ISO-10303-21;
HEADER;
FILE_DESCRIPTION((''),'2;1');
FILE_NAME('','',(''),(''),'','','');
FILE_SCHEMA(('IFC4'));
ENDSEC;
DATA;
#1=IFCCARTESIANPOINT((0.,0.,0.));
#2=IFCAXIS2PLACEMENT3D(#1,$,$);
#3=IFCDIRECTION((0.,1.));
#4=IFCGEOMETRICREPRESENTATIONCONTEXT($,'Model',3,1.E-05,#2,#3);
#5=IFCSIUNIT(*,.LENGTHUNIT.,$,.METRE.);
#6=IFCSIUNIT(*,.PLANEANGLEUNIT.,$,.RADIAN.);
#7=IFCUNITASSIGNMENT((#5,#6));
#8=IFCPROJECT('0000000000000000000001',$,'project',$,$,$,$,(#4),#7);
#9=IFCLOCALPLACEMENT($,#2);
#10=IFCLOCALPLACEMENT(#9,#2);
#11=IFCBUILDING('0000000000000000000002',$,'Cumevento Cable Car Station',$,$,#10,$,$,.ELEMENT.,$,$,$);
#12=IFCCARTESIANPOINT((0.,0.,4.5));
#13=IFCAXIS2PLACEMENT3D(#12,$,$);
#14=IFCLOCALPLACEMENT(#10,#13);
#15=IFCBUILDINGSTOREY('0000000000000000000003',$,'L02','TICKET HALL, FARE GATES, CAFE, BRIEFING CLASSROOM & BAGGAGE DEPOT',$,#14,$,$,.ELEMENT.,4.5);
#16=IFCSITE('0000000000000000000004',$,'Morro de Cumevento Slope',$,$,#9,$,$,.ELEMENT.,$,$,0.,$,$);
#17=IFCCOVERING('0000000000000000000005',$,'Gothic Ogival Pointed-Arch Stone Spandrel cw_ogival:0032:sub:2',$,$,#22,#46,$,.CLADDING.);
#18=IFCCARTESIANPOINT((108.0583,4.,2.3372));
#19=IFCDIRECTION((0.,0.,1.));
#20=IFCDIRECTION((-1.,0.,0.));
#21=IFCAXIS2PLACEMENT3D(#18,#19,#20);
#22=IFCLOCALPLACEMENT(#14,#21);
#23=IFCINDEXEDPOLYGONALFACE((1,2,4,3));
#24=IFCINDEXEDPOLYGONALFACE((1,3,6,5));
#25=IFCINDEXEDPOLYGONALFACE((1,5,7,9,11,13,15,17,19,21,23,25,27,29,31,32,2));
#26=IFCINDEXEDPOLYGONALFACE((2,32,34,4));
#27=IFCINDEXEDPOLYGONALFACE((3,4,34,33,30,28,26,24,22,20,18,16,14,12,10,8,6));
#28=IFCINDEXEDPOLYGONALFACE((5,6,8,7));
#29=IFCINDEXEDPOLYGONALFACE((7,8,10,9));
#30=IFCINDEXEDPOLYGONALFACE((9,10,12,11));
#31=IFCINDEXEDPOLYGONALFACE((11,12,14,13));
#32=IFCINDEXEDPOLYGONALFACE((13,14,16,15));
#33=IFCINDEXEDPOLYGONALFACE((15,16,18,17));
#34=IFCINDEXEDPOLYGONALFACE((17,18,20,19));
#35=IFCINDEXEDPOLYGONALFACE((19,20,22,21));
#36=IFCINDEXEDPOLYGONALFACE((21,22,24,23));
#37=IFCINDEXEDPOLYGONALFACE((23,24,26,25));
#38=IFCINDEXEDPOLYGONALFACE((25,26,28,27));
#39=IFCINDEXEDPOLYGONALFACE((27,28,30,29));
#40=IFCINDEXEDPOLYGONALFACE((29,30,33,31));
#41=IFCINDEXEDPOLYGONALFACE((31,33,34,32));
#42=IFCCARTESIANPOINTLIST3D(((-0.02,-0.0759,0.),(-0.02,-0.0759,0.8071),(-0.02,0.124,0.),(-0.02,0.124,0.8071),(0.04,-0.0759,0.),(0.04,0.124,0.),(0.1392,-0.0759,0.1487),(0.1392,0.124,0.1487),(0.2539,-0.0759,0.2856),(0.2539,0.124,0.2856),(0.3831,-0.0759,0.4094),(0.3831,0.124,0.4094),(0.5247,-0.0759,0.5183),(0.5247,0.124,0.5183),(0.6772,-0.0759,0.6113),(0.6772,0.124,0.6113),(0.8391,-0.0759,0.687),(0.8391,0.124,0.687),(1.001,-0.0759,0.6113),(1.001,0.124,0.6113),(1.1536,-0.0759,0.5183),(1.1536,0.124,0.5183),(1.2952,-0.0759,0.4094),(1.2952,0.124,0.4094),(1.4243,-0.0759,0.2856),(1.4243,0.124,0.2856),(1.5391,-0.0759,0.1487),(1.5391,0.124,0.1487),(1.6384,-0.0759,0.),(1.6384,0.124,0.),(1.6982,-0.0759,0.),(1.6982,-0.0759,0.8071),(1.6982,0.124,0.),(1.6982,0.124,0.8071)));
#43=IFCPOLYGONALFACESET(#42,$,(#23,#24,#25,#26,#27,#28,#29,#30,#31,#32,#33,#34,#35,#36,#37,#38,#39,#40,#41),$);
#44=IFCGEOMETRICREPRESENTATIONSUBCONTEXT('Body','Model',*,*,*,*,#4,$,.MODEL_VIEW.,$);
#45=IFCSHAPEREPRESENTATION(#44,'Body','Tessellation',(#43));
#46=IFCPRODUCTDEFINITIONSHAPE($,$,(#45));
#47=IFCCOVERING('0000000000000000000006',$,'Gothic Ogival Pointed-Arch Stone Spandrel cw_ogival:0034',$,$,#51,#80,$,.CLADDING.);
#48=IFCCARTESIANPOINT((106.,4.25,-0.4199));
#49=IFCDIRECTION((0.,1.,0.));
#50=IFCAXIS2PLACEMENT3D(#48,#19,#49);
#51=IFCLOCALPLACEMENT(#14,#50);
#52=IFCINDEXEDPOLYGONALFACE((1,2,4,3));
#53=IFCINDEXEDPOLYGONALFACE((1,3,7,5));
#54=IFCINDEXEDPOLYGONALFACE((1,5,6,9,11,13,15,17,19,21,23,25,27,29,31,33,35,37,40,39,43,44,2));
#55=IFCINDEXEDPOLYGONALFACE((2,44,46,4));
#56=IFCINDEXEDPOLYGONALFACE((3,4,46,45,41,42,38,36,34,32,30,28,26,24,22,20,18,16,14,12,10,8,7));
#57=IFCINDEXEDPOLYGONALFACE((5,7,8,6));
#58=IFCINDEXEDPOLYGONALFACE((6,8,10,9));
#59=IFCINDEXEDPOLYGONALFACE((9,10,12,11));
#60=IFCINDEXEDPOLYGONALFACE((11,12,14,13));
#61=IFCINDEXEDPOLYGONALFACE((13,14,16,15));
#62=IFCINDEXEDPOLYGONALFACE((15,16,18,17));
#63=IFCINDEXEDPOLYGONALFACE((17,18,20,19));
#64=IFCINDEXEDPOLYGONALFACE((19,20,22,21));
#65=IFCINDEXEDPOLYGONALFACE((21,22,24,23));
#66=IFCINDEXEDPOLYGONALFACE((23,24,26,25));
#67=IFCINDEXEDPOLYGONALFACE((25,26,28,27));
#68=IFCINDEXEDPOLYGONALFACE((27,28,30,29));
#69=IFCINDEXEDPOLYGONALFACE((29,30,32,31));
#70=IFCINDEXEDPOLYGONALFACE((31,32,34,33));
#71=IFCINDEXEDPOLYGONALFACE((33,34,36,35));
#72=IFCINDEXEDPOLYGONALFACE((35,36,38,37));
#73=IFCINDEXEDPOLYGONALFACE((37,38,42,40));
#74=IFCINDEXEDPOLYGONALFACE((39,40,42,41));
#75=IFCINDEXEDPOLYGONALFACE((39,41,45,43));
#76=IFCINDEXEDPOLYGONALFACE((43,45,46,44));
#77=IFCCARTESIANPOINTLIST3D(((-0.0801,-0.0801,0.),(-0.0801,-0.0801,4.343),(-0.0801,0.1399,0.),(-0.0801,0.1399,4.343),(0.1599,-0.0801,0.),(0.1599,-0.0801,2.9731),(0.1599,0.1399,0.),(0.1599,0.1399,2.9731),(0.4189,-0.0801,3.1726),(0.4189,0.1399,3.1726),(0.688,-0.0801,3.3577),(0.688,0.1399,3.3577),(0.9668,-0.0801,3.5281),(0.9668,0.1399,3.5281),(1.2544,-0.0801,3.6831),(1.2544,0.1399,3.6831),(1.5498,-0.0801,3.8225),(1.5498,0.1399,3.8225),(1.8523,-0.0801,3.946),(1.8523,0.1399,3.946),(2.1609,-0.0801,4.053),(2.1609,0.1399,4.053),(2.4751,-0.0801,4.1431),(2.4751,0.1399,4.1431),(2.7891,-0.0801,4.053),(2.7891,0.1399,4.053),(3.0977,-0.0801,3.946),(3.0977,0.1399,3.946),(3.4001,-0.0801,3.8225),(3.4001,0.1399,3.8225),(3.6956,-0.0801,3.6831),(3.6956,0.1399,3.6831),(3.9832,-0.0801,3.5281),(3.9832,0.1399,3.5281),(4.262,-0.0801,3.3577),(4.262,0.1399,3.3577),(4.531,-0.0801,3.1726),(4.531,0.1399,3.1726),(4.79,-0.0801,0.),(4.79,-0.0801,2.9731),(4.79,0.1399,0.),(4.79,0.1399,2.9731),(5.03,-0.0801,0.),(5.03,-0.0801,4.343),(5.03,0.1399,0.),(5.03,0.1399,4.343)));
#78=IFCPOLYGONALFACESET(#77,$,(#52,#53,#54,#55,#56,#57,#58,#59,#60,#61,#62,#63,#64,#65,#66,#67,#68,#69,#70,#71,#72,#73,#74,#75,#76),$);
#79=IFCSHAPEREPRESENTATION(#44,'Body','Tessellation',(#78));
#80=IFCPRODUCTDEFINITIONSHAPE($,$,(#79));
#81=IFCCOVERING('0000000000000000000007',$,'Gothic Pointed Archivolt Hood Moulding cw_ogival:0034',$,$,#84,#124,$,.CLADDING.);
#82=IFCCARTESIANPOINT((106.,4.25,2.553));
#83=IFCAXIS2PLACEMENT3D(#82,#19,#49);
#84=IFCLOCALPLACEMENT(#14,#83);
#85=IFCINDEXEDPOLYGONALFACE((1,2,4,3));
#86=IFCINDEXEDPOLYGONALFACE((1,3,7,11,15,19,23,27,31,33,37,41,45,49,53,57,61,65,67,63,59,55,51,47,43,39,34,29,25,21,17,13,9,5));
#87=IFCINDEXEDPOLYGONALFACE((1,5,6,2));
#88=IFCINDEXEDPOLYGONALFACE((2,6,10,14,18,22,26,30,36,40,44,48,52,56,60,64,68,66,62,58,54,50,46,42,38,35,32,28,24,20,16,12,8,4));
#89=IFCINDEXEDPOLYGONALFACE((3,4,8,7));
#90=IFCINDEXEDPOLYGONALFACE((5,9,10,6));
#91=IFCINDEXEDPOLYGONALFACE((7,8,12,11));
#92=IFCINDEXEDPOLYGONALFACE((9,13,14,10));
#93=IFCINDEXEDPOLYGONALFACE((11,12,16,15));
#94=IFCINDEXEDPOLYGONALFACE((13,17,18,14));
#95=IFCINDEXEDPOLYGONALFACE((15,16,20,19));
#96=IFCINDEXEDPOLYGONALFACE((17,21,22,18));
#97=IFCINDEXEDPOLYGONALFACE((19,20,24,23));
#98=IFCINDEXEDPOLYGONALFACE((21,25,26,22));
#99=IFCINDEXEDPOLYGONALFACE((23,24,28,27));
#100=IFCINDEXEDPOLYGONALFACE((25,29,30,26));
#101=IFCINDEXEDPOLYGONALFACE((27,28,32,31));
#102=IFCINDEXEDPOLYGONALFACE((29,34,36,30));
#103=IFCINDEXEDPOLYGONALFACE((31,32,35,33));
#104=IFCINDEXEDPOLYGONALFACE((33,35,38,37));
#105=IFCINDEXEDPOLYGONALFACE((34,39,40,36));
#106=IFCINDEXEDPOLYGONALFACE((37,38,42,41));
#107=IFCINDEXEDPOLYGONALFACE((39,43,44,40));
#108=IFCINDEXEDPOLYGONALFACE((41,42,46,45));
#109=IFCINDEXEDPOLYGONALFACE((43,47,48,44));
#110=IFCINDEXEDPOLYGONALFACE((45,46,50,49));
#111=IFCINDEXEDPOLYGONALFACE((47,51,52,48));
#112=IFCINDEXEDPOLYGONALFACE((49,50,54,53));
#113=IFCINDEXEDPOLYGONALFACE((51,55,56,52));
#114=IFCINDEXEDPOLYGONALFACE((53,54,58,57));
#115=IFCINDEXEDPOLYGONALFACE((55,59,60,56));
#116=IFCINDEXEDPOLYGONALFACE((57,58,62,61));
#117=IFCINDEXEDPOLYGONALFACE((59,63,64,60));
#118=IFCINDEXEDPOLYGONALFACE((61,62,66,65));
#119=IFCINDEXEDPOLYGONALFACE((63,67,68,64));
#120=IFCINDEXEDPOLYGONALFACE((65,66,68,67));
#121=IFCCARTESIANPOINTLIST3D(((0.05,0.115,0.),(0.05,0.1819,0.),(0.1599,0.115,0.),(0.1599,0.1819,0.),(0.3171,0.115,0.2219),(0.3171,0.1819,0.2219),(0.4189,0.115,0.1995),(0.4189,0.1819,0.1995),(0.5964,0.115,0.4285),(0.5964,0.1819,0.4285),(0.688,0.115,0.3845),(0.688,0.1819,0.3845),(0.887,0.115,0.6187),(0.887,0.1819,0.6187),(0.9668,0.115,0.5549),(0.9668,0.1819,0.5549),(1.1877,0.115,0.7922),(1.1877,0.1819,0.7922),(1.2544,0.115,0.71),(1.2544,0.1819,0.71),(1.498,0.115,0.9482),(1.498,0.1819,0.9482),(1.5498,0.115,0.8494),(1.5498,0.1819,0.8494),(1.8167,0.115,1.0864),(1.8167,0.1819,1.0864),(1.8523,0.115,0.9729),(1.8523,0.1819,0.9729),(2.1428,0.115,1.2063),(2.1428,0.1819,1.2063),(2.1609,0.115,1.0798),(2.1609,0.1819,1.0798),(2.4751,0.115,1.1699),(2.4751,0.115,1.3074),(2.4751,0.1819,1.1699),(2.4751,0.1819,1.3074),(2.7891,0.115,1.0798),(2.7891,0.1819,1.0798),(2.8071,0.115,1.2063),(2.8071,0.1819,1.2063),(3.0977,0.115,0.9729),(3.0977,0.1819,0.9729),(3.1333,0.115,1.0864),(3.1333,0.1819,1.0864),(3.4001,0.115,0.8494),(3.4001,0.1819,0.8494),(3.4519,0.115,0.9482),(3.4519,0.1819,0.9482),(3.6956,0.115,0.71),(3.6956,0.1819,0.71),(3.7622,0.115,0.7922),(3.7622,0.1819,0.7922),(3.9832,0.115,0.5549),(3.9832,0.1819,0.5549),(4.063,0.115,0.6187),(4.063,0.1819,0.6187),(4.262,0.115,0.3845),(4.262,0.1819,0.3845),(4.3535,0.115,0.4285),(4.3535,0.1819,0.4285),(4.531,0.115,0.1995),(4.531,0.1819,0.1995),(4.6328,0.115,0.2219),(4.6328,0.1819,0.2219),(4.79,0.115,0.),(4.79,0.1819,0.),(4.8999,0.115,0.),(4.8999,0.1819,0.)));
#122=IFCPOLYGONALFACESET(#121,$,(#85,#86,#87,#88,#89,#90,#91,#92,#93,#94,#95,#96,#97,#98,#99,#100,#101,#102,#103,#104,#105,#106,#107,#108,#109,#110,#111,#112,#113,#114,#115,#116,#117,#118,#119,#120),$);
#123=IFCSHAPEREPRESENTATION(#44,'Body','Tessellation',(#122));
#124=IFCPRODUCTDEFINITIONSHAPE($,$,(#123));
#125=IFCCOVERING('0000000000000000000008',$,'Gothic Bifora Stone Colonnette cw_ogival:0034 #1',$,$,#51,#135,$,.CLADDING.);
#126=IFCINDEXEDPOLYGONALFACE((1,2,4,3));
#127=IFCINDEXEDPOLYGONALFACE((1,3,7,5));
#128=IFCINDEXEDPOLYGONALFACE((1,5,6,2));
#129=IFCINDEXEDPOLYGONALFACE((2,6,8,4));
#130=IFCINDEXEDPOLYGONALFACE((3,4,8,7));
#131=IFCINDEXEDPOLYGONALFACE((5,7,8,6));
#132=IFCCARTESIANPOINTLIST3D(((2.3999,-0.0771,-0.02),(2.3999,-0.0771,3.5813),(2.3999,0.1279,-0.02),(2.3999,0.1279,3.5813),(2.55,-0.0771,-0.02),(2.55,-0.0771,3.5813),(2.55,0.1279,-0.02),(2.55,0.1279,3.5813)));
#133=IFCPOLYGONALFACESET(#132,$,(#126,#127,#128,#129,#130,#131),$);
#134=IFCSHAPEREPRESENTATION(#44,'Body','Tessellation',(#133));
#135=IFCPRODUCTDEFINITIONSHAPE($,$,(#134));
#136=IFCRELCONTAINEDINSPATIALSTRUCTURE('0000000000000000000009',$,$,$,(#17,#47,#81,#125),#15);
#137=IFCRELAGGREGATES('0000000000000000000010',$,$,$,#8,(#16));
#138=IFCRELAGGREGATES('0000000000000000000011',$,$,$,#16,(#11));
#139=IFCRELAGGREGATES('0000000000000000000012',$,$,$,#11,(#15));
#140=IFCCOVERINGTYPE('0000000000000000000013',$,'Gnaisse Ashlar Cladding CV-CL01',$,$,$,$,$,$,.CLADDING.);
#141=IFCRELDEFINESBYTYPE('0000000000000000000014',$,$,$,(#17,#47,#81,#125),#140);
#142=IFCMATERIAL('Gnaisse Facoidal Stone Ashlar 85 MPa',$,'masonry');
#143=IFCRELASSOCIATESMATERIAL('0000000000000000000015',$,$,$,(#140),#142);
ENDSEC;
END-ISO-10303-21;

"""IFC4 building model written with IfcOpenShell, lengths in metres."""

from ifc_helpers import new_model, si_unit, direction, frame, origin, place, context, subcontext, project, spatial, polyline, outline, extrude, material, type_object, element, save


model = new_model("IFC4")

# Units and contexts
model_context = context("Model", 3, precision=1e-05, world=origin(), true_north=direction((0.0, 1.0)))
body_context = subcontext(model_context, "Body", "Model", "MODEL_VIEW")
ifc_project = project(units=[si_unit("LENGTHUNIT", "METRE"), si_unit("PLANEANGLEUNIT", "RADIAN")], contexts=[model_context])

# Site, building, storey
site_placement = place(None, origin())
site = spatial("IfcSite", under=ifc_project, at=site_placement, Name="Morro de Cumevento Slope", CompositionType="ELEMENT", RefElevation=0.0)
building_placement = place(site_placement, origin())
building = spatial("IfcBuilding", under=site, at=building_placement, Name="Cumevento Cable Car Station", CompositionType="ELEMENT")
storey_placement = place(building_placement, frame((0.0, 0.0, 4.5)))
storey = spatial("IfcBuildingStorey", under=building, at=storey_placement, Name="L02", Description="TICKET HALL, FARE GATES, CAFE, BRIEFING CLASSROOM & BAGGAGE DEPOT", CompositionType="ELEMENT", Elevation=4.5)

# Coverings
ifc_material_1 = material(Name="Gnaisse Facoidal Stone Ashlar 85 MPa", Category="masonry")
covering_type = type_object("IfcCoveringType", Name="Gnaisse Ashlar Cladding CV-CL01", PredefinedType="CLADDING", material=ifc_material_1)
covering_1_placement = place(storey_placement, frame((108.0583, 4.0, 2.3372), z_axis=(0.0, 0.0, 1.0), x_axis=(-1.0, 0.0, 0.0)))
element("IfcCovering", 1, at=covering_1_placement, inside=storey, type_object=covering_type, Name="Gothic Ogival Pointed-Arch Stone Spandrel cw_ogival:0032:sub:2", PredefinedType="CLADDING", context=body_context, shape_type="SweptSolid", body=[
    extrude(outline(polyline([(-0.02, 0.0), (-0.02, 0.8071), (1.6982, 0.8071), (1.6982, 0.0), (1.6384, 0.0), (1.5391, 0.1487), (1.4243, 0.2856), (1.2952, 0.4094), (1.1536, 0.5183), (1.001, 0.6113), (0.8391, 0.687), (0.6772, 0.6113), (0.5247, 0.5183), (0.3831, 0.4094), (0.2539, 0.2856), (0.1392, 0.1487), (0.04, 0.0), (-0.02, 0.0)])), frame((0.0, 0.124, 0.0), z_axis=(0.0, -1.0, 0.0), x_axis=(1.0, 0.0, 0.0)), (0.0, 0.0, 1.0), 0.2),
])
placement = place(storey_placement, frame((106.0, 4.25, -0.4199), z_axis=(0.0, 0.0, 1.0), x_axis=(0.0, 1.0, 0.0)))
element("IfcCovering", 2, at=placement, inside=storey, type_object=covering_type, Name="Gothic Ogival Pointed-Arch Stone Spandrel cw_ogival:0034", PredefinedType="CLADDING", context=body_context, shape_type="SweptSolid", body=[
    extrude(outline(polyline([(-0.0801, 0.0), (-0.0801, 4.343), (5.03, 4.343), (5.03, 0.0), (4.79, 0.0), (4.79, 2.9731), (4.531, 3.1726), (4.262, 3.3577), (3.9832, 3.5281), (3.6956, 3.6831), (3.4001, 3.8225), (3.0977, 3.946), (2.7891, 4.053), (2.4751, 4.1431), (2.1609, 4.053), (1.8523, 3.946), (1.5498, 3.8225), (1.2544, 3.6831), (0.9668, 3.5281), (0.688, 3.3577), (0.4189, 3.1726), (0.1599, 2.9731), (0.1599, 0.0), (-0.0801, 0.0)])), frame((0.0, 0.1399, 0.0), z_axis=(0.0, -1.0, 0.0), x_axis=(1.0, 0.0, 0.0)), (0.0, 0.0, 1.0), 0.22),
])
covering_2_placement = place(storey_placement, frame((106.0, 4.25, 2.553), z_axis=(0.0, 0.0, 1.0), x_axis=(0.0, 1.0, 0.0)))
element("IfcCovering", 3, at=covering_2_placement, inside=storey, type_object=covering_type, Name="Gothic Pointed Archivolt Hood Moulding cw_ogival:0034", PredefinedType="CLADDING", context=body_context, shape_type="SweptSolid", body=[
    extrude(outline(polyline([(0.1599, 0.0), (0.4189, 0.1995), (0.688, 0.3845), (0.9668, 0.5549), (1.2544, 0.71), (1.5498, 0.8494), (1.8523, 0.9729), (2.1609, 1.0798), (2.4751, 1.1699), (2.7891, 1.0798), (3.0977, 0.9729), (3.4001, 0.8494), (3.6956, 0.71), (3.9832, 0.5549), (4.262, 0.3845), (4.531, 0.1995), (4.79, 0.0), (4.8999, 0.0), (4.6328, 0.2219), (4.3535, 0.4285), (4.063, 0.6187), (3.7622, 0.7922), (3.4519, 0.9482), (3.1333, 1.0864), (2.8071, 1.2063), (2.4751, 1.3074), (2.1428, 1.2063), (1.8167, 1.0864), (1.498, 0.9482), (1.1877, 0.7922), (0.887, 0.6187), (0.5964, 0.4285), (0.3171, 0.2219), (0.05, 0.0), (0.1599, 0.0)])), frame((0.0, 0.1819, 0.0), z_axis=(0.0, -1.0, 0.0), x_axis=(1.0, 0.0, 0.0)), (0.0, 0.0, 1.0), 0.0669),
])
element("IfcCovering", 4, at=placement, inside=storey, type_object=covering_type, Name="Gothic Bifora Stone Colonnette cw_ogival:0034 #1", PredefinedType="CLADDING", context=body_context, shape_type="SweptSolid", body=[
    extrude(outline(polyline([(2.3999, -0.02), (2.55, -0.02), (2.55, 3.5813), (2.3999, 3.5813), (2.3999, -0.02)])), frame((0.0, 0.1279, 0.0), z_axis=(0.0, -1.0, 0.0), x_axis=(1.0, 0.0, 0.0)), (0.0, 0.0, 1.0), 0.2051),
])

save(model, "model.ifc")
